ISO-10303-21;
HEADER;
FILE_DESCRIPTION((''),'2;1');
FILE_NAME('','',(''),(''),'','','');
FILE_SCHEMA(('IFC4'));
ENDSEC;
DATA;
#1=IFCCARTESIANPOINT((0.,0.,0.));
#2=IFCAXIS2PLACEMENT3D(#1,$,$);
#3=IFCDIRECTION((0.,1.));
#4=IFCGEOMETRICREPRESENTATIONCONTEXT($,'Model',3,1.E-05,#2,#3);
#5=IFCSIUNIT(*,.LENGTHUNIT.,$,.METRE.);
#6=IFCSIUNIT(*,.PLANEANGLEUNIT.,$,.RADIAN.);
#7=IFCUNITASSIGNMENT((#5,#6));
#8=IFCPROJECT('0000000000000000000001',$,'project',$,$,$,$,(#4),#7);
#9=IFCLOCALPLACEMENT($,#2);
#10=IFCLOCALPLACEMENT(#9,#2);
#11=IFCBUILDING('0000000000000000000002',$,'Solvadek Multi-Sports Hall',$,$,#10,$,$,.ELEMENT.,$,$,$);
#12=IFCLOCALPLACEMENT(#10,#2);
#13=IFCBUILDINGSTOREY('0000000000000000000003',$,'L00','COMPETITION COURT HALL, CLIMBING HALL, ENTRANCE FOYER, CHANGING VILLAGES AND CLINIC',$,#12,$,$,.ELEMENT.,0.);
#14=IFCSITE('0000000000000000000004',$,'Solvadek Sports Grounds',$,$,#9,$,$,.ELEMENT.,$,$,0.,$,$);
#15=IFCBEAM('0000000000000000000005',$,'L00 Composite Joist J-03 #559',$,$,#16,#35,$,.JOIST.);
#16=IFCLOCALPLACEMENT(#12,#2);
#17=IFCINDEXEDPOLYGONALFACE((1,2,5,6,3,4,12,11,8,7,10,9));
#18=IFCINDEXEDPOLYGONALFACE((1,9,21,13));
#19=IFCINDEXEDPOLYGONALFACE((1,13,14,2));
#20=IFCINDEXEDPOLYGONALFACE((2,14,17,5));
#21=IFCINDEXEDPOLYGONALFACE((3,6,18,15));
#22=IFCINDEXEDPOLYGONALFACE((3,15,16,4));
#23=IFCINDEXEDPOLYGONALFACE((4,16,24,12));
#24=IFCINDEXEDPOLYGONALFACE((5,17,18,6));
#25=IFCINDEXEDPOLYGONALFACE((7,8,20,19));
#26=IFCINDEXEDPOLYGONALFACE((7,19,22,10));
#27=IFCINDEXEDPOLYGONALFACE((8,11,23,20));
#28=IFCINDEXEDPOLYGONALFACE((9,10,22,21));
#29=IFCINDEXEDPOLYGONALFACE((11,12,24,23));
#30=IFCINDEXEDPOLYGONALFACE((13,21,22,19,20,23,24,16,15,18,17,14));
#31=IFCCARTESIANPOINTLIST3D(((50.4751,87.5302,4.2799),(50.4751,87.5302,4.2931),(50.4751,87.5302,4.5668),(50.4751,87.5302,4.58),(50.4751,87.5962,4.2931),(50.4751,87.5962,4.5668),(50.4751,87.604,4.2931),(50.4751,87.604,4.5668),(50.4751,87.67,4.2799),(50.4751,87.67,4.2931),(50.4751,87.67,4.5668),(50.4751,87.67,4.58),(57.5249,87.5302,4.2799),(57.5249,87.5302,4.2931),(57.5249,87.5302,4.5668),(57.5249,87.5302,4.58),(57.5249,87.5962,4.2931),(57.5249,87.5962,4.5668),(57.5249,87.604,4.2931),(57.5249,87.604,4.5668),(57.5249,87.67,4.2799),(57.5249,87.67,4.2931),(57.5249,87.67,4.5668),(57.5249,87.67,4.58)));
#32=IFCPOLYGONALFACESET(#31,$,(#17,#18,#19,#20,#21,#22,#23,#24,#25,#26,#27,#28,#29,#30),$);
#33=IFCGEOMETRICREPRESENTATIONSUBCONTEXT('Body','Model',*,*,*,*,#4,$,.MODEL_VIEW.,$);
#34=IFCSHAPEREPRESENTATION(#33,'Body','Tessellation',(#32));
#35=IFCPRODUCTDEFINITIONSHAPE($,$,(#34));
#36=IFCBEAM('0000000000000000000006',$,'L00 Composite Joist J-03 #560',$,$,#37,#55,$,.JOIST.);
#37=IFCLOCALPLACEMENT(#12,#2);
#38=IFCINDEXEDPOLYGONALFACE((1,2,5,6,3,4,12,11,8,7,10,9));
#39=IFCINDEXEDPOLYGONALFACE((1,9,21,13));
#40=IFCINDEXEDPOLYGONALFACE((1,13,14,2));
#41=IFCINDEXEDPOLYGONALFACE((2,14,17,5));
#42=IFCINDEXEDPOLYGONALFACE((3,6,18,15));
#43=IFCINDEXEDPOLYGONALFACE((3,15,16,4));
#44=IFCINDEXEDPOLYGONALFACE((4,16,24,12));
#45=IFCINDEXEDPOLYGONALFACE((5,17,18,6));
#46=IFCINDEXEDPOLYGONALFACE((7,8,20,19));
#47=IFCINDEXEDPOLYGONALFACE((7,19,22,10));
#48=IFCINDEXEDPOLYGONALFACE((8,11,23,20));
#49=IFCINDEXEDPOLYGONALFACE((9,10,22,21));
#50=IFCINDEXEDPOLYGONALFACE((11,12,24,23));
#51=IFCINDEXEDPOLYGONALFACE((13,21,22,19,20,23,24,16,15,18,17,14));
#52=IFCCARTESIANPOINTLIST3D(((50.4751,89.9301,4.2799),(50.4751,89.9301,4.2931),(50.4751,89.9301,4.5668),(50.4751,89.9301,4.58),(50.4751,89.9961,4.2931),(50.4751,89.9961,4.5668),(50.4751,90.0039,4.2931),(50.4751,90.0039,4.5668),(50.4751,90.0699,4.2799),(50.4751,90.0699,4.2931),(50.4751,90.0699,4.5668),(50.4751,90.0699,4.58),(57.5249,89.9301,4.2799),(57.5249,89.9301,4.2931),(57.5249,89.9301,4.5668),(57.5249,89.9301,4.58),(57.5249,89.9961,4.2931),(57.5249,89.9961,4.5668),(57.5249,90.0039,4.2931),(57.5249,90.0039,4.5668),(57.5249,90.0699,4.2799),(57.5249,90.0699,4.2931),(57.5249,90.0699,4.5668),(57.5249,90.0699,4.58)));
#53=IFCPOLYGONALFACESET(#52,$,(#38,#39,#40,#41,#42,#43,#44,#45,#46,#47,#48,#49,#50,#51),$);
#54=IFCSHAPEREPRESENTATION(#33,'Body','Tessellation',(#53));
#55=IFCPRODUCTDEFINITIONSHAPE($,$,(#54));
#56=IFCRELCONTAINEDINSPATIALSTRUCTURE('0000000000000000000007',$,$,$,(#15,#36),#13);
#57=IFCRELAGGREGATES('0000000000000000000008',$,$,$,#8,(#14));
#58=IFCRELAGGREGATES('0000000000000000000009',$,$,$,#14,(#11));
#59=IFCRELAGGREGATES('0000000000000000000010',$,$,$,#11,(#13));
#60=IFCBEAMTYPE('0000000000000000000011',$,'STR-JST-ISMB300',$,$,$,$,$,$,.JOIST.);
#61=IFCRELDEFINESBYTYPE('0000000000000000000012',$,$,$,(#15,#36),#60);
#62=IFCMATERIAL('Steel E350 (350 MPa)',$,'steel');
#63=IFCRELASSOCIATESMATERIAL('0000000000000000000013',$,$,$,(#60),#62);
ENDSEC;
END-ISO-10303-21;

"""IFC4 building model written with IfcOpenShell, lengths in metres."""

from ifc_helpers import new_model, si_unit, direction, frame, origin, origin_2d, place, context, subcontext, project, spatial, i_section, extrude, material, material_profile, profile_set, type_object, element, save


model = new_model("IFC4")

# Units and contexts
model_context = context("Model", 3, precision=1e-05, world=origin(), true_north=direction((0.0, 1.0)))
body_context = subcontext(model_context, "Body", "Model", "MODEL_VIEW")
ifc_project = project(units=[si_unit("LENGTHUNIT", "METRE"), si_unit("PLANEANGLEUNIT", "RADIAN")], contexts=[model_context])

# Site, building, storey
site_placement = place(None, origin())
site = spatial("IfcSite", under=ifc_project, at=site_placement, Name="Solvadek Sports Grounds", CompositionType="ELEMENT", RefElevation=0.0)
building_placement = place(site_placement, origin())
building = spatial("IfcBuilding", under=site, at=building_placement, Name="Solvadek Multi-Sports Hall", CompositionType="ELEMENT")
storey_placement = place(building_placement, origin())
storey = spatial("IfcBuildingStorey", under=building, at=storey_placement, Name="L00", Description="COMPETITION COURT HALL, CLIMBING HALL, ENTRANCE FOYER, CHANGING VILLAGES AND CLINIC", CompositionType="ELEMENT", Elevation=0.0)

# Shared definitions
ifc_material = material(Name="Steel E350 (350 MPa)", Category="steel")

# Beams
ifc_material_profile_1 = material_profile(ifc_material, i_section(OverallWidth=0.1399, OverallDepth=0.3, WebThickness=0.0078, FlangeThickness=0.0132, at=origin_2d()), Name="ISMB 300")
ifc_profile_set_1 = profile_set([ifc_material_profile_1], Name="Steel E350 (350 MPa)")
beam_type_1 = type_object("IfcBeamType", Name="STR-JST-ISMB300", PredefinedType="JOIST", material=ifc_profile_set_1)
for number, where, z_axis, x_axis, name in (
    (1, (50.4751, 87.6001, 4.4299), (1.0, 0.0, 0.0), (0.0, 1.0, 0.0), "L00 Composite Joist J-03 #559"),
    (2, (50.4751, 90.0, 4.4299), (1.0, 0.0, 0.0), (0.0, 1.0, 0.0), "L00 Composite Joist J-03 #560"),
):
    element("IfcBeam", number, at=place(storey_placement, frame(where, z_axis=z_axis, x_axis=x_axis)), inside=storey, type_object=beam_type_1, Name=name, PredefinedType="JOIST", context=body_context, shape_type="SweptSolid", body=[
        extrude(i_section(OverallWidth=0.1399, OverallDepth=0.3, WebThickness=0.0078, FlangeThickness=0.0132, at=origin_2d()), origin(), (0.0, 0.0, 1.0), 7.0498),
    ])

save(model, "model.ifc")
